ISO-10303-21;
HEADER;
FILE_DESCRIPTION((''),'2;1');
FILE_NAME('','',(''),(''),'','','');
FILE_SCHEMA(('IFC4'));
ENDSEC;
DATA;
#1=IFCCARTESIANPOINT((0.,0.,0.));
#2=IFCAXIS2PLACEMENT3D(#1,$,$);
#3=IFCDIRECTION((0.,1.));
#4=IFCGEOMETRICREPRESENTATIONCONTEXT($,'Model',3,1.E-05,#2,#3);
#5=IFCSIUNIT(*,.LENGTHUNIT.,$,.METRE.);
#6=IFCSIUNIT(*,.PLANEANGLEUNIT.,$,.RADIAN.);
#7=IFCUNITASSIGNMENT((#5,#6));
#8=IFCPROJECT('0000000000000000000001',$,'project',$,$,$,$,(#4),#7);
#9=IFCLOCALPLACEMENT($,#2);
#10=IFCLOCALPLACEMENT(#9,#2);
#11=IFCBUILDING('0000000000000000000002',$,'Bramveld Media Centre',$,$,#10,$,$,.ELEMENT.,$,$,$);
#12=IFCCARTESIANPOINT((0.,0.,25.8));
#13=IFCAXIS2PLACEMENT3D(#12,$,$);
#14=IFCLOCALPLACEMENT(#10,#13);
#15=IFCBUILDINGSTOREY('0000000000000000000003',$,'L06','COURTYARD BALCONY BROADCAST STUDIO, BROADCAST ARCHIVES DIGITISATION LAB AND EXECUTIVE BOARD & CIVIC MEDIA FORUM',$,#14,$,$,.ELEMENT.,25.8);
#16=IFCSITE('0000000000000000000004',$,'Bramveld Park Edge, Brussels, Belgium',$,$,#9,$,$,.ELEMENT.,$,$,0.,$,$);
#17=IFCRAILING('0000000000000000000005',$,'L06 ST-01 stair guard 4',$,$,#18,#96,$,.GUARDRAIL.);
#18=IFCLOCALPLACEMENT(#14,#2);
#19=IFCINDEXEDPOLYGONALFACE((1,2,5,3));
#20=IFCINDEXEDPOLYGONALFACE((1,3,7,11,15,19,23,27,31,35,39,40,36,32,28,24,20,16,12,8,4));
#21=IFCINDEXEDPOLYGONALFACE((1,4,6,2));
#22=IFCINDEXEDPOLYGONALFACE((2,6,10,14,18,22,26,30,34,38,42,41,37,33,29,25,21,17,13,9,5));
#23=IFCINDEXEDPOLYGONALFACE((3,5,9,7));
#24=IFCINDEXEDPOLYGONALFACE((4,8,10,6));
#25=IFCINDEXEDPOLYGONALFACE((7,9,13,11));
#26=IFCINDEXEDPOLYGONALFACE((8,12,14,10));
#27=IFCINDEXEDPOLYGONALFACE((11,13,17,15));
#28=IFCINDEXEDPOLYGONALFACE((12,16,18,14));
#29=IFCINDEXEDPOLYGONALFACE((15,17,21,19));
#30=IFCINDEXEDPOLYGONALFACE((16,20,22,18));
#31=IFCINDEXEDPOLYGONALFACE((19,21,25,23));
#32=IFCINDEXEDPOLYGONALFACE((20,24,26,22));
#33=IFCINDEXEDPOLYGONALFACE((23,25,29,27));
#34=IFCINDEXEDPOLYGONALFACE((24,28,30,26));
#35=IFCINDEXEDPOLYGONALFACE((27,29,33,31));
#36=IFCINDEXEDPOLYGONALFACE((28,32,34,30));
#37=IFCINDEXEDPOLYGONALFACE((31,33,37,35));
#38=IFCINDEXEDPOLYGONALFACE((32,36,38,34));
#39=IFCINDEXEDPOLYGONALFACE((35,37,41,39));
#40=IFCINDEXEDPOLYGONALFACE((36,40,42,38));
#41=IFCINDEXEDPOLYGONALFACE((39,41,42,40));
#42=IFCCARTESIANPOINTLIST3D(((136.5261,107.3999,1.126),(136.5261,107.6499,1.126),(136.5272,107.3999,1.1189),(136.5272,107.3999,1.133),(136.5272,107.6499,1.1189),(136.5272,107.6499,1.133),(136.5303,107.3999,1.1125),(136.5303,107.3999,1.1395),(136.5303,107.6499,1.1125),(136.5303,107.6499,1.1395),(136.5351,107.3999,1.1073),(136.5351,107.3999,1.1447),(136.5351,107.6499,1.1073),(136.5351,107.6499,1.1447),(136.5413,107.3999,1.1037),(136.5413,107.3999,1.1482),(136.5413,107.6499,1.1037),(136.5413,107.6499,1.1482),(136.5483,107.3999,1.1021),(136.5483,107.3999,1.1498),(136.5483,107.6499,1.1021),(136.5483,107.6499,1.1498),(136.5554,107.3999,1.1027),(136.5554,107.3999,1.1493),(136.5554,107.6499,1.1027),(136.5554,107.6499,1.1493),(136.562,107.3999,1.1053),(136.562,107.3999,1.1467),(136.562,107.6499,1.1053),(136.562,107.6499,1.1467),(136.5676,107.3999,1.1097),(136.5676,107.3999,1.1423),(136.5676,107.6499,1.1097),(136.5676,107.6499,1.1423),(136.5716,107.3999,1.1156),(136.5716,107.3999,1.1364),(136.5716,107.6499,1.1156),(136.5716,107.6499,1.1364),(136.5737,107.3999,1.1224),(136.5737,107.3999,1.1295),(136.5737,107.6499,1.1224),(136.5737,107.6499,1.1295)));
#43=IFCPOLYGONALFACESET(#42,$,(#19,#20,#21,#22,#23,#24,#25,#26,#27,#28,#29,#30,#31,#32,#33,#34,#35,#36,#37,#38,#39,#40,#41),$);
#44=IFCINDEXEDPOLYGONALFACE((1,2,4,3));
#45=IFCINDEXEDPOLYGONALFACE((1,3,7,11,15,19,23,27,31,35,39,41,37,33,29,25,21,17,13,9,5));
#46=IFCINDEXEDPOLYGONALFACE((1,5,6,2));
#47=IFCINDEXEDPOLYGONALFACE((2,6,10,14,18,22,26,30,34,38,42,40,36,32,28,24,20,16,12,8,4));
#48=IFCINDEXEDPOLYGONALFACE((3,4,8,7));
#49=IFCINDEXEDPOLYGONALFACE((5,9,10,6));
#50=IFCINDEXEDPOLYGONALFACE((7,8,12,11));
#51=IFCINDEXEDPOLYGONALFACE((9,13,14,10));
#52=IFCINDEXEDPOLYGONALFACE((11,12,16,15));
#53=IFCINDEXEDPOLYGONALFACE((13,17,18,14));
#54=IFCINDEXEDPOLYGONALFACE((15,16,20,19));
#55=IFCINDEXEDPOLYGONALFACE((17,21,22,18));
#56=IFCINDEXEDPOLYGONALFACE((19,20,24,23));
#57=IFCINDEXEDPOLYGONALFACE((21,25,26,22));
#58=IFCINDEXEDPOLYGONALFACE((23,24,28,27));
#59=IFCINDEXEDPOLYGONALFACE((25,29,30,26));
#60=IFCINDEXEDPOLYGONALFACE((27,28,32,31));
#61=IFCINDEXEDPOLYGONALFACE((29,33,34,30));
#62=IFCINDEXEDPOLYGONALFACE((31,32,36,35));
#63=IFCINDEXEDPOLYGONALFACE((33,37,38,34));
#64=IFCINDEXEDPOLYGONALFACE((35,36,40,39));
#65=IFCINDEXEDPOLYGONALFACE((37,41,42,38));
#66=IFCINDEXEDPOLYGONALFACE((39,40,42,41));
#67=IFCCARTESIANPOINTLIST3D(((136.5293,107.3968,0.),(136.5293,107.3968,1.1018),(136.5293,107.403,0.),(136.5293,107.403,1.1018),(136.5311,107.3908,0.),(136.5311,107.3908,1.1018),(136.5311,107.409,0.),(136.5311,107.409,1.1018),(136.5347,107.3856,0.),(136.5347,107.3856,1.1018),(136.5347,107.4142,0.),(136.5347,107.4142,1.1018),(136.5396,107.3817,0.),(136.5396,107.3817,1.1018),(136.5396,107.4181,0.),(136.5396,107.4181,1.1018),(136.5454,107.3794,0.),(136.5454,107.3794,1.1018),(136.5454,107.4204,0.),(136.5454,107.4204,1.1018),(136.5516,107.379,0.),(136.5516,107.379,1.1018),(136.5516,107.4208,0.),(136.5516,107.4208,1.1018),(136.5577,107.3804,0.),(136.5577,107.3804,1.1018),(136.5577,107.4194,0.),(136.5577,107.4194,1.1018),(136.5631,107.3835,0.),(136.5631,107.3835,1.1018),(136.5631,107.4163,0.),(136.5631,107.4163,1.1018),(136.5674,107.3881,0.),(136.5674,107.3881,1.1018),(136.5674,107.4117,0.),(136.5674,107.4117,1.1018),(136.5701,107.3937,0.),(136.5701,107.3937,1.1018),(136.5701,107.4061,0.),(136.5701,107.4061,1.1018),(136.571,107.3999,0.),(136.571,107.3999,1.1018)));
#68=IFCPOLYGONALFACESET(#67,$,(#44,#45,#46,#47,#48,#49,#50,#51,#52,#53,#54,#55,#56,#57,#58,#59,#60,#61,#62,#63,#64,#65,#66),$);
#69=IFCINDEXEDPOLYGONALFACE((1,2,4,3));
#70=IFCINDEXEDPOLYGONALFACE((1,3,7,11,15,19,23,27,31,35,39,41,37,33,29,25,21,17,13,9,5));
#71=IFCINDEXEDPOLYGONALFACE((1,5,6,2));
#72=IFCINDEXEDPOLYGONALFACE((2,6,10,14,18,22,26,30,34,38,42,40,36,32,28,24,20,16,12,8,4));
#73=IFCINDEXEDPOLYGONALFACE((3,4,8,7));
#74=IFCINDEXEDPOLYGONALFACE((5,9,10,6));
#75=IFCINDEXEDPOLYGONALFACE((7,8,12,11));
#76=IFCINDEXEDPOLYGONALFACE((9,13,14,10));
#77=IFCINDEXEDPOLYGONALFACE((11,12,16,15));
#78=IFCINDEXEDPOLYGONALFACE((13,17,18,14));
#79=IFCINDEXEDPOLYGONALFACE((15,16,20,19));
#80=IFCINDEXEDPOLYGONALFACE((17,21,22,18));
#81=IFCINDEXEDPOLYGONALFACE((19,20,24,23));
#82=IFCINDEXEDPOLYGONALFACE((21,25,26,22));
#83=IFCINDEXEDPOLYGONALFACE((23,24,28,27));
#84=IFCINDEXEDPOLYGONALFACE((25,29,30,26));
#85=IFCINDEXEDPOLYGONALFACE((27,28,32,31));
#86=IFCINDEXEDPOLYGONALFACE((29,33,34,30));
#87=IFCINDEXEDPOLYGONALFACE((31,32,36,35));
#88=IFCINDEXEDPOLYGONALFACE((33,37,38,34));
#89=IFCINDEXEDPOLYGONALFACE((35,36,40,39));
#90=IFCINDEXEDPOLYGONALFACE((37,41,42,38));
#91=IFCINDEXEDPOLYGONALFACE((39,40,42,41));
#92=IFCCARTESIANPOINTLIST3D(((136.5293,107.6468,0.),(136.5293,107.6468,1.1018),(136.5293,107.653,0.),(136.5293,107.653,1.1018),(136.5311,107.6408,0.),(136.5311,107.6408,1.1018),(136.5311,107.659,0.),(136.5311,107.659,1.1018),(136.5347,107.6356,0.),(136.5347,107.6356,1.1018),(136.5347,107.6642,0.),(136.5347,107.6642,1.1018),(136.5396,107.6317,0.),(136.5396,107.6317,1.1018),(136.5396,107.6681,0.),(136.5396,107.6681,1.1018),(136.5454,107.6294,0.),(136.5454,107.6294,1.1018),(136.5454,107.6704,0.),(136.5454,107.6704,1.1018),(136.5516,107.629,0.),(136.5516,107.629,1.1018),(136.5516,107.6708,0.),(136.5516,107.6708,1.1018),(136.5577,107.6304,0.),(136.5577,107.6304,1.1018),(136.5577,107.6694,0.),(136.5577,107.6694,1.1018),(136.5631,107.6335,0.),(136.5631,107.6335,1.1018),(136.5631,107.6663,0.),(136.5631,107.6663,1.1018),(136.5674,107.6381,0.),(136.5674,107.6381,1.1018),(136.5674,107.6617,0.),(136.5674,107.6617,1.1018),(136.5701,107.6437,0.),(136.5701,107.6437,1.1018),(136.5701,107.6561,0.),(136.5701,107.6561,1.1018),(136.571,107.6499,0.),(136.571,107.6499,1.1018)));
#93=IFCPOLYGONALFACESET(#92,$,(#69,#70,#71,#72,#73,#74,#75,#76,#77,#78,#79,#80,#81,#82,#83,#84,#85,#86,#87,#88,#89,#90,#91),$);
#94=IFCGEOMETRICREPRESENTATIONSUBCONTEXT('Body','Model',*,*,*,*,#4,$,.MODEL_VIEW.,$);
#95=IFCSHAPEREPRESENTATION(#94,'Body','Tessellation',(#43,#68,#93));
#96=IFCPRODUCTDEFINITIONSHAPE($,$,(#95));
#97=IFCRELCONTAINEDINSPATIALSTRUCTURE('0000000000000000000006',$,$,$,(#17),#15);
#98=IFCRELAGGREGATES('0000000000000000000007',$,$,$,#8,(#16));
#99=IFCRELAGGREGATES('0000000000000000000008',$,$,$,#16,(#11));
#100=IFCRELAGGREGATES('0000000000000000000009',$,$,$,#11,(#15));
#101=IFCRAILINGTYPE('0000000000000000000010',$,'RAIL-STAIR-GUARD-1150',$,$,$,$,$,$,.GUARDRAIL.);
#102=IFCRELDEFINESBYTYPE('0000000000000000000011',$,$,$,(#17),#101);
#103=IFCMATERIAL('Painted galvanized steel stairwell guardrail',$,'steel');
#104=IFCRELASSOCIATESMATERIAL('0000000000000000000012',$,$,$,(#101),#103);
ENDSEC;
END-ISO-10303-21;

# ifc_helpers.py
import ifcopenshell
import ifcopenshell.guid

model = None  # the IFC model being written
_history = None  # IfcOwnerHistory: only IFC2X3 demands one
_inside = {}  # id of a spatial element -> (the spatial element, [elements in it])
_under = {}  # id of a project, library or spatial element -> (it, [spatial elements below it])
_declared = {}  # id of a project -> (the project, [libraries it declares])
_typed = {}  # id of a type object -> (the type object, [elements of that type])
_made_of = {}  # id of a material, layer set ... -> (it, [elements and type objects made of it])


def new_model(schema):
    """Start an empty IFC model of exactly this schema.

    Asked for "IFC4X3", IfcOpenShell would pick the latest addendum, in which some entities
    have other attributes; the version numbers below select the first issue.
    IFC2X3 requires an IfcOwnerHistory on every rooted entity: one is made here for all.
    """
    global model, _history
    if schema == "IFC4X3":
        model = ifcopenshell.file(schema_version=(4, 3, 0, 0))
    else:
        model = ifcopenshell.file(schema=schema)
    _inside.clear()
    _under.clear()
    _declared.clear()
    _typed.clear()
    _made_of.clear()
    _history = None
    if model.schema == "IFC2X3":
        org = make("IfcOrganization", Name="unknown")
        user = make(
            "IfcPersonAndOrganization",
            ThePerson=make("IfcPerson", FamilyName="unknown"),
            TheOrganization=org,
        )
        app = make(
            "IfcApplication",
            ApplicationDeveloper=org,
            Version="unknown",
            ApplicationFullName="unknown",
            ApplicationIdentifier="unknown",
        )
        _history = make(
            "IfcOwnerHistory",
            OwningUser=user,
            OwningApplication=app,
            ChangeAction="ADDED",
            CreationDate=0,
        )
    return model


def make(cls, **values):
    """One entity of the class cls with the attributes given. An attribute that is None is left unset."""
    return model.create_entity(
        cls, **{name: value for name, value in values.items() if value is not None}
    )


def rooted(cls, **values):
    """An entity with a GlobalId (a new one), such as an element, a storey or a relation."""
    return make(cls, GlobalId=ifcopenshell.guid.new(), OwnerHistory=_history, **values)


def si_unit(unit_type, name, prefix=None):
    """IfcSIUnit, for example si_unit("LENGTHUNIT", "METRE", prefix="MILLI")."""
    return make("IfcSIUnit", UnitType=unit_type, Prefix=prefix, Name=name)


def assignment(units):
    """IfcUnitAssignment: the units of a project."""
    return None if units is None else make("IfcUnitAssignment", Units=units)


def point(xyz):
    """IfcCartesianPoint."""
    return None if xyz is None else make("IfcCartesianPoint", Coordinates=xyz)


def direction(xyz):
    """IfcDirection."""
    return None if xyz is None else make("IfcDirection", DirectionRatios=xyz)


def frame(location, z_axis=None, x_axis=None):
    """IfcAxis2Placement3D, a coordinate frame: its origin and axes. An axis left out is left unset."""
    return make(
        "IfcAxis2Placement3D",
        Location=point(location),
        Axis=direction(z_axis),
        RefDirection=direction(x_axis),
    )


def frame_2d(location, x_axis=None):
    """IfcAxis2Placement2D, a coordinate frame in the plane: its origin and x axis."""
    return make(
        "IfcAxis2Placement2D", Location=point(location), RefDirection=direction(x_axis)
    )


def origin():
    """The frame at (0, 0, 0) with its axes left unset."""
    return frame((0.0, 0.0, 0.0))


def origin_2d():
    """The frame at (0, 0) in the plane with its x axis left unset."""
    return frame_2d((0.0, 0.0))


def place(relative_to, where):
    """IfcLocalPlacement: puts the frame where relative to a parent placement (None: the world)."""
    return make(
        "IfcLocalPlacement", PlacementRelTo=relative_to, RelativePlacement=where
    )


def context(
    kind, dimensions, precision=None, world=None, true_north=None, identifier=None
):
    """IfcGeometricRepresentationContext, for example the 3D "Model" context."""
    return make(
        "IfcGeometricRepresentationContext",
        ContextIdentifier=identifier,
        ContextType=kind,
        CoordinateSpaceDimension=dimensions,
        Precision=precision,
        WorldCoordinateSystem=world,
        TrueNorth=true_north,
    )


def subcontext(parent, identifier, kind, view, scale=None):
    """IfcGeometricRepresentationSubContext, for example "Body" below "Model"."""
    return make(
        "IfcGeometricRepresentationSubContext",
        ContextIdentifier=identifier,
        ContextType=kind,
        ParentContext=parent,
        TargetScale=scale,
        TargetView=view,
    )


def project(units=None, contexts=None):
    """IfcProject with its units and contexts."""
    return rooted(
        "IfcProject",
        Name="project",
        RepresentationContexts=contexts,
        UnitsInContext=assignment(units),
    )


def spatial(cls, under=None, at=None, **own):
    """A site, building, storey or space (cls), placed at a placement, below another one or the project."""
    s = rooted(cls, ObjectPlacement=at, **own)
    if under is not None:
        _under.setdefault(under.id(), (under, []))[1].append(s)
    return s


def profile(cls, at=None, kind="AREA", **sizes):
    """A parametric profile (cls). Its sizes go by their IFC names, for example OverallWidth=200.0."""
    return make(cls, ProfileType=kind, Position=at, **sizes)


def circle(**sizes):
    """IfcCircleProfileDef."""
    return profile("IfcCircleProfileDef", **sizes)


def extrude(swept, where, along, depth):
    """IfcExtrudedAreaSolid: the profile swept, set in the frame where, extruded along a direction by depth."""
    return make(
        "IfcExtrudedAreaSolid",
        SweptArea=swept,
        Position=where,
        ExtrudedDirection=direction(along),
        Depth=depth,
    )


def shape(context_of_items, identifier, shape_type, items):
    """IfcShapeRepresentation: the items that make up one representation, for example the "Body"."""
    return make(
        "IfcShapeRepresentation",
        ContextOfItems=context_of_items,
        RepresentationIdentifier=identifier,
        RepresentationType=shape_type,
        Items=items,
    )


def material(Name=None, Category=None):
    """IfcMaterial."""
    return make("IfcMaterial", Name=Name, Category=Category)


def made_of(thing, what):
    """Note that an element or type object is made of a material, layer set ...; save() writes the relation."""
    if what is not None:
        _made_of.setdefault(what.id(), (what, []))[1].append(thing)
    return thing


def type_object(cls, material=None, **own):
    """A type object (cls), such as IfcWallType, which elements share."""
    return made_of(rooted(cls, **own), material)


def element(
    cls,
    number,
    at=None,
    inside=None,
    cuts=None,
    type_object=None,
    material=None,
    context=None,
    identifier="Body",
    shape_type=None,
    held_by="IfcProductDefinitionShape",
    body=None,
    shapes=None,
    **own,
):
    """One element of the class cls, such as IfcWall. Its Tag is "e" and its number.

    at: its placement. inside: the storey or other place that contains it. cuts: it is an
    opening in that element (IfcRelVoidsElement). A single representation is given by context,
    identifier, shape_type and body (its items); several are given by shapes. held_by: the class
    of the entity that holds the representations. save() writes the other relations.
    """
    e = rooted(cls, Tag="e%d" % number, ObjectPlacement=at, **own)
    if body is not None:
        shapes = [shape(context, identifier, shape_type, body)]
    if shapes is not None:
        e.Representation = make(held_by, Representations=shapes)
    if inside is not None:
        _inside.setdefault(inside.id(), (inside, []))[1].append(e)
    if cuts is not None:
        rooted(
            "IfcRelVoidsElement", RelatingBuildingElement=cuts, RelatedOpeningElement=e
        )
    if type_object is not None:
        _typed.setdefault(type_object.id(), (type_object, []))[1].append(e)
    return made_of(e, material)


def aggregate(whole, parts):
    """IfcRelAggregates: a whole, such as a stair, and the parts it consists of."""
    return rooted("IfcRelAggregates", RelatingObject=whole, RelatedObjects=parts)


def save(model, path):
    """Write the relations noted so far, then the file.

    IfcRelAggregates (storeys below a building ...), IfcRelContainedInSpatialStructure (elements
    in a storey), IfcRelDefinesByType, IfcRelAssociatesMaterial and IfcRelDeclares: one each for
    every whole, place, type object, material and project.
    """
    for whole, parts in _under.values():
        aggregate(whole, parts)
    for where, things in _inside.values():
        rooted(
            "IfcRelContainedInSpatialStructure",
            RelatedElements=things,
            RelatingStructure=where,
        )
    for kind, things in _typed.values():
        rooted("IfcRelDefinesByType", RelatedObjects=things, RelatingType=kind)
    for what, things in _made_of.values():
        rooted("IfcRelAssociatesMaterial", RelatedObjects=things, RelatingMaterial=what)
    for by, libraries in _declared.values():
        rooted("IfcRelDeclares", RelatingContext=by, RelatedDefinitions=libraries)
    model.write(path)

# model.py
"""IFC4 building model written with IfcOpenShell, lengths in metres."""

from ifc_helpers import new_model, si_unit, direction, frame, origin, origin_2d, place, context, subcontext, project, spatial, circle, extrude, material, type_object, element, save


model = new_model("IFC4")

# Units and contexts
model_context = context("Model", 3, precision=1e-05, world=origin(), true_north=direction((0.0, 1.0)))
body_context = subcontext(model_context, "Body", "Model", "MODEL_VIEW")
ifc_project = project(units=[si_unit("LENGTHUNIT", "METRE"), si_unit("PLANEANGLEUNIT", "RADIAN")], contexts=[model_context])

# Site, building, storey
site_placement = place(None, origin())
site = spatial("IfcSite", under=ifc_project, at=site_placement, Name="Bramveld Park Edge, Brussels, Belgium", CompositionType="ELEMENT", RefElevation=0.0)
building_placement = place(site_placement, origin())
building = spatial("IfcBuilding", under=site, at=building_placement, Name="Bramveld Media Centre", CompositionType="ELEMENT")
storey_placement = place(building_placement, frame((0.0, 0.0, 25.8)))
storey = spatial("IfcBuildingStorey", under=building, at=storey_placement, Name="L06", Description="COURTYARD BALCONY BROADCAST STUDIO, BROADCAST ARCHIVES DIGITISATION LAB AND EXECUTIVE BOARD & CIVIC MEDIA FORUM", CompositionType="ELEMENT", Elevation=25.8)

# Railing
ifc_material_1 = material(Name="Painted galvanized steel stairwell guardrail", Category="steel")
railing_type_1 = type_object("IfcRailingType", Name="RAIL-STAIR-GUARD-1150", PredefinedType="GUARDRAIL", material=ifc_material_1)
railing_1_placement = place(storey_placement, frame((136.55, 107.3999, 0.0)))
element("IfcRailing", 1, at=railing_1_placement, inside=storey, type_object=railing_type_1, Name="L06 ST-01 stair guard 4", PredefinedType="GUARDRAIL", context=body_context, shape_type="SweptSolid", body=[
    extrude(circle(Radius=0.0239, at=origin_2d()), frame((0.0, 0.0, 1.126), z_axis=(0.0, 1.0, 0.0), x_axis=(-1.0, 0.0, 0.0)), (0.0, 0.0, 1.0), 0.25),
    extrude(circle(Radius=0.021, at=origin_2d()), origin(), (0.0, 0.0, 1.0), 1.1018),
    extrude(circle(Radius=0.021, at=origin_2d()), frame((0.0, 0.25, 0.0)), (0.0, 0.0, 1.0), 1.1018),
])

save(model, "model.ifc")
